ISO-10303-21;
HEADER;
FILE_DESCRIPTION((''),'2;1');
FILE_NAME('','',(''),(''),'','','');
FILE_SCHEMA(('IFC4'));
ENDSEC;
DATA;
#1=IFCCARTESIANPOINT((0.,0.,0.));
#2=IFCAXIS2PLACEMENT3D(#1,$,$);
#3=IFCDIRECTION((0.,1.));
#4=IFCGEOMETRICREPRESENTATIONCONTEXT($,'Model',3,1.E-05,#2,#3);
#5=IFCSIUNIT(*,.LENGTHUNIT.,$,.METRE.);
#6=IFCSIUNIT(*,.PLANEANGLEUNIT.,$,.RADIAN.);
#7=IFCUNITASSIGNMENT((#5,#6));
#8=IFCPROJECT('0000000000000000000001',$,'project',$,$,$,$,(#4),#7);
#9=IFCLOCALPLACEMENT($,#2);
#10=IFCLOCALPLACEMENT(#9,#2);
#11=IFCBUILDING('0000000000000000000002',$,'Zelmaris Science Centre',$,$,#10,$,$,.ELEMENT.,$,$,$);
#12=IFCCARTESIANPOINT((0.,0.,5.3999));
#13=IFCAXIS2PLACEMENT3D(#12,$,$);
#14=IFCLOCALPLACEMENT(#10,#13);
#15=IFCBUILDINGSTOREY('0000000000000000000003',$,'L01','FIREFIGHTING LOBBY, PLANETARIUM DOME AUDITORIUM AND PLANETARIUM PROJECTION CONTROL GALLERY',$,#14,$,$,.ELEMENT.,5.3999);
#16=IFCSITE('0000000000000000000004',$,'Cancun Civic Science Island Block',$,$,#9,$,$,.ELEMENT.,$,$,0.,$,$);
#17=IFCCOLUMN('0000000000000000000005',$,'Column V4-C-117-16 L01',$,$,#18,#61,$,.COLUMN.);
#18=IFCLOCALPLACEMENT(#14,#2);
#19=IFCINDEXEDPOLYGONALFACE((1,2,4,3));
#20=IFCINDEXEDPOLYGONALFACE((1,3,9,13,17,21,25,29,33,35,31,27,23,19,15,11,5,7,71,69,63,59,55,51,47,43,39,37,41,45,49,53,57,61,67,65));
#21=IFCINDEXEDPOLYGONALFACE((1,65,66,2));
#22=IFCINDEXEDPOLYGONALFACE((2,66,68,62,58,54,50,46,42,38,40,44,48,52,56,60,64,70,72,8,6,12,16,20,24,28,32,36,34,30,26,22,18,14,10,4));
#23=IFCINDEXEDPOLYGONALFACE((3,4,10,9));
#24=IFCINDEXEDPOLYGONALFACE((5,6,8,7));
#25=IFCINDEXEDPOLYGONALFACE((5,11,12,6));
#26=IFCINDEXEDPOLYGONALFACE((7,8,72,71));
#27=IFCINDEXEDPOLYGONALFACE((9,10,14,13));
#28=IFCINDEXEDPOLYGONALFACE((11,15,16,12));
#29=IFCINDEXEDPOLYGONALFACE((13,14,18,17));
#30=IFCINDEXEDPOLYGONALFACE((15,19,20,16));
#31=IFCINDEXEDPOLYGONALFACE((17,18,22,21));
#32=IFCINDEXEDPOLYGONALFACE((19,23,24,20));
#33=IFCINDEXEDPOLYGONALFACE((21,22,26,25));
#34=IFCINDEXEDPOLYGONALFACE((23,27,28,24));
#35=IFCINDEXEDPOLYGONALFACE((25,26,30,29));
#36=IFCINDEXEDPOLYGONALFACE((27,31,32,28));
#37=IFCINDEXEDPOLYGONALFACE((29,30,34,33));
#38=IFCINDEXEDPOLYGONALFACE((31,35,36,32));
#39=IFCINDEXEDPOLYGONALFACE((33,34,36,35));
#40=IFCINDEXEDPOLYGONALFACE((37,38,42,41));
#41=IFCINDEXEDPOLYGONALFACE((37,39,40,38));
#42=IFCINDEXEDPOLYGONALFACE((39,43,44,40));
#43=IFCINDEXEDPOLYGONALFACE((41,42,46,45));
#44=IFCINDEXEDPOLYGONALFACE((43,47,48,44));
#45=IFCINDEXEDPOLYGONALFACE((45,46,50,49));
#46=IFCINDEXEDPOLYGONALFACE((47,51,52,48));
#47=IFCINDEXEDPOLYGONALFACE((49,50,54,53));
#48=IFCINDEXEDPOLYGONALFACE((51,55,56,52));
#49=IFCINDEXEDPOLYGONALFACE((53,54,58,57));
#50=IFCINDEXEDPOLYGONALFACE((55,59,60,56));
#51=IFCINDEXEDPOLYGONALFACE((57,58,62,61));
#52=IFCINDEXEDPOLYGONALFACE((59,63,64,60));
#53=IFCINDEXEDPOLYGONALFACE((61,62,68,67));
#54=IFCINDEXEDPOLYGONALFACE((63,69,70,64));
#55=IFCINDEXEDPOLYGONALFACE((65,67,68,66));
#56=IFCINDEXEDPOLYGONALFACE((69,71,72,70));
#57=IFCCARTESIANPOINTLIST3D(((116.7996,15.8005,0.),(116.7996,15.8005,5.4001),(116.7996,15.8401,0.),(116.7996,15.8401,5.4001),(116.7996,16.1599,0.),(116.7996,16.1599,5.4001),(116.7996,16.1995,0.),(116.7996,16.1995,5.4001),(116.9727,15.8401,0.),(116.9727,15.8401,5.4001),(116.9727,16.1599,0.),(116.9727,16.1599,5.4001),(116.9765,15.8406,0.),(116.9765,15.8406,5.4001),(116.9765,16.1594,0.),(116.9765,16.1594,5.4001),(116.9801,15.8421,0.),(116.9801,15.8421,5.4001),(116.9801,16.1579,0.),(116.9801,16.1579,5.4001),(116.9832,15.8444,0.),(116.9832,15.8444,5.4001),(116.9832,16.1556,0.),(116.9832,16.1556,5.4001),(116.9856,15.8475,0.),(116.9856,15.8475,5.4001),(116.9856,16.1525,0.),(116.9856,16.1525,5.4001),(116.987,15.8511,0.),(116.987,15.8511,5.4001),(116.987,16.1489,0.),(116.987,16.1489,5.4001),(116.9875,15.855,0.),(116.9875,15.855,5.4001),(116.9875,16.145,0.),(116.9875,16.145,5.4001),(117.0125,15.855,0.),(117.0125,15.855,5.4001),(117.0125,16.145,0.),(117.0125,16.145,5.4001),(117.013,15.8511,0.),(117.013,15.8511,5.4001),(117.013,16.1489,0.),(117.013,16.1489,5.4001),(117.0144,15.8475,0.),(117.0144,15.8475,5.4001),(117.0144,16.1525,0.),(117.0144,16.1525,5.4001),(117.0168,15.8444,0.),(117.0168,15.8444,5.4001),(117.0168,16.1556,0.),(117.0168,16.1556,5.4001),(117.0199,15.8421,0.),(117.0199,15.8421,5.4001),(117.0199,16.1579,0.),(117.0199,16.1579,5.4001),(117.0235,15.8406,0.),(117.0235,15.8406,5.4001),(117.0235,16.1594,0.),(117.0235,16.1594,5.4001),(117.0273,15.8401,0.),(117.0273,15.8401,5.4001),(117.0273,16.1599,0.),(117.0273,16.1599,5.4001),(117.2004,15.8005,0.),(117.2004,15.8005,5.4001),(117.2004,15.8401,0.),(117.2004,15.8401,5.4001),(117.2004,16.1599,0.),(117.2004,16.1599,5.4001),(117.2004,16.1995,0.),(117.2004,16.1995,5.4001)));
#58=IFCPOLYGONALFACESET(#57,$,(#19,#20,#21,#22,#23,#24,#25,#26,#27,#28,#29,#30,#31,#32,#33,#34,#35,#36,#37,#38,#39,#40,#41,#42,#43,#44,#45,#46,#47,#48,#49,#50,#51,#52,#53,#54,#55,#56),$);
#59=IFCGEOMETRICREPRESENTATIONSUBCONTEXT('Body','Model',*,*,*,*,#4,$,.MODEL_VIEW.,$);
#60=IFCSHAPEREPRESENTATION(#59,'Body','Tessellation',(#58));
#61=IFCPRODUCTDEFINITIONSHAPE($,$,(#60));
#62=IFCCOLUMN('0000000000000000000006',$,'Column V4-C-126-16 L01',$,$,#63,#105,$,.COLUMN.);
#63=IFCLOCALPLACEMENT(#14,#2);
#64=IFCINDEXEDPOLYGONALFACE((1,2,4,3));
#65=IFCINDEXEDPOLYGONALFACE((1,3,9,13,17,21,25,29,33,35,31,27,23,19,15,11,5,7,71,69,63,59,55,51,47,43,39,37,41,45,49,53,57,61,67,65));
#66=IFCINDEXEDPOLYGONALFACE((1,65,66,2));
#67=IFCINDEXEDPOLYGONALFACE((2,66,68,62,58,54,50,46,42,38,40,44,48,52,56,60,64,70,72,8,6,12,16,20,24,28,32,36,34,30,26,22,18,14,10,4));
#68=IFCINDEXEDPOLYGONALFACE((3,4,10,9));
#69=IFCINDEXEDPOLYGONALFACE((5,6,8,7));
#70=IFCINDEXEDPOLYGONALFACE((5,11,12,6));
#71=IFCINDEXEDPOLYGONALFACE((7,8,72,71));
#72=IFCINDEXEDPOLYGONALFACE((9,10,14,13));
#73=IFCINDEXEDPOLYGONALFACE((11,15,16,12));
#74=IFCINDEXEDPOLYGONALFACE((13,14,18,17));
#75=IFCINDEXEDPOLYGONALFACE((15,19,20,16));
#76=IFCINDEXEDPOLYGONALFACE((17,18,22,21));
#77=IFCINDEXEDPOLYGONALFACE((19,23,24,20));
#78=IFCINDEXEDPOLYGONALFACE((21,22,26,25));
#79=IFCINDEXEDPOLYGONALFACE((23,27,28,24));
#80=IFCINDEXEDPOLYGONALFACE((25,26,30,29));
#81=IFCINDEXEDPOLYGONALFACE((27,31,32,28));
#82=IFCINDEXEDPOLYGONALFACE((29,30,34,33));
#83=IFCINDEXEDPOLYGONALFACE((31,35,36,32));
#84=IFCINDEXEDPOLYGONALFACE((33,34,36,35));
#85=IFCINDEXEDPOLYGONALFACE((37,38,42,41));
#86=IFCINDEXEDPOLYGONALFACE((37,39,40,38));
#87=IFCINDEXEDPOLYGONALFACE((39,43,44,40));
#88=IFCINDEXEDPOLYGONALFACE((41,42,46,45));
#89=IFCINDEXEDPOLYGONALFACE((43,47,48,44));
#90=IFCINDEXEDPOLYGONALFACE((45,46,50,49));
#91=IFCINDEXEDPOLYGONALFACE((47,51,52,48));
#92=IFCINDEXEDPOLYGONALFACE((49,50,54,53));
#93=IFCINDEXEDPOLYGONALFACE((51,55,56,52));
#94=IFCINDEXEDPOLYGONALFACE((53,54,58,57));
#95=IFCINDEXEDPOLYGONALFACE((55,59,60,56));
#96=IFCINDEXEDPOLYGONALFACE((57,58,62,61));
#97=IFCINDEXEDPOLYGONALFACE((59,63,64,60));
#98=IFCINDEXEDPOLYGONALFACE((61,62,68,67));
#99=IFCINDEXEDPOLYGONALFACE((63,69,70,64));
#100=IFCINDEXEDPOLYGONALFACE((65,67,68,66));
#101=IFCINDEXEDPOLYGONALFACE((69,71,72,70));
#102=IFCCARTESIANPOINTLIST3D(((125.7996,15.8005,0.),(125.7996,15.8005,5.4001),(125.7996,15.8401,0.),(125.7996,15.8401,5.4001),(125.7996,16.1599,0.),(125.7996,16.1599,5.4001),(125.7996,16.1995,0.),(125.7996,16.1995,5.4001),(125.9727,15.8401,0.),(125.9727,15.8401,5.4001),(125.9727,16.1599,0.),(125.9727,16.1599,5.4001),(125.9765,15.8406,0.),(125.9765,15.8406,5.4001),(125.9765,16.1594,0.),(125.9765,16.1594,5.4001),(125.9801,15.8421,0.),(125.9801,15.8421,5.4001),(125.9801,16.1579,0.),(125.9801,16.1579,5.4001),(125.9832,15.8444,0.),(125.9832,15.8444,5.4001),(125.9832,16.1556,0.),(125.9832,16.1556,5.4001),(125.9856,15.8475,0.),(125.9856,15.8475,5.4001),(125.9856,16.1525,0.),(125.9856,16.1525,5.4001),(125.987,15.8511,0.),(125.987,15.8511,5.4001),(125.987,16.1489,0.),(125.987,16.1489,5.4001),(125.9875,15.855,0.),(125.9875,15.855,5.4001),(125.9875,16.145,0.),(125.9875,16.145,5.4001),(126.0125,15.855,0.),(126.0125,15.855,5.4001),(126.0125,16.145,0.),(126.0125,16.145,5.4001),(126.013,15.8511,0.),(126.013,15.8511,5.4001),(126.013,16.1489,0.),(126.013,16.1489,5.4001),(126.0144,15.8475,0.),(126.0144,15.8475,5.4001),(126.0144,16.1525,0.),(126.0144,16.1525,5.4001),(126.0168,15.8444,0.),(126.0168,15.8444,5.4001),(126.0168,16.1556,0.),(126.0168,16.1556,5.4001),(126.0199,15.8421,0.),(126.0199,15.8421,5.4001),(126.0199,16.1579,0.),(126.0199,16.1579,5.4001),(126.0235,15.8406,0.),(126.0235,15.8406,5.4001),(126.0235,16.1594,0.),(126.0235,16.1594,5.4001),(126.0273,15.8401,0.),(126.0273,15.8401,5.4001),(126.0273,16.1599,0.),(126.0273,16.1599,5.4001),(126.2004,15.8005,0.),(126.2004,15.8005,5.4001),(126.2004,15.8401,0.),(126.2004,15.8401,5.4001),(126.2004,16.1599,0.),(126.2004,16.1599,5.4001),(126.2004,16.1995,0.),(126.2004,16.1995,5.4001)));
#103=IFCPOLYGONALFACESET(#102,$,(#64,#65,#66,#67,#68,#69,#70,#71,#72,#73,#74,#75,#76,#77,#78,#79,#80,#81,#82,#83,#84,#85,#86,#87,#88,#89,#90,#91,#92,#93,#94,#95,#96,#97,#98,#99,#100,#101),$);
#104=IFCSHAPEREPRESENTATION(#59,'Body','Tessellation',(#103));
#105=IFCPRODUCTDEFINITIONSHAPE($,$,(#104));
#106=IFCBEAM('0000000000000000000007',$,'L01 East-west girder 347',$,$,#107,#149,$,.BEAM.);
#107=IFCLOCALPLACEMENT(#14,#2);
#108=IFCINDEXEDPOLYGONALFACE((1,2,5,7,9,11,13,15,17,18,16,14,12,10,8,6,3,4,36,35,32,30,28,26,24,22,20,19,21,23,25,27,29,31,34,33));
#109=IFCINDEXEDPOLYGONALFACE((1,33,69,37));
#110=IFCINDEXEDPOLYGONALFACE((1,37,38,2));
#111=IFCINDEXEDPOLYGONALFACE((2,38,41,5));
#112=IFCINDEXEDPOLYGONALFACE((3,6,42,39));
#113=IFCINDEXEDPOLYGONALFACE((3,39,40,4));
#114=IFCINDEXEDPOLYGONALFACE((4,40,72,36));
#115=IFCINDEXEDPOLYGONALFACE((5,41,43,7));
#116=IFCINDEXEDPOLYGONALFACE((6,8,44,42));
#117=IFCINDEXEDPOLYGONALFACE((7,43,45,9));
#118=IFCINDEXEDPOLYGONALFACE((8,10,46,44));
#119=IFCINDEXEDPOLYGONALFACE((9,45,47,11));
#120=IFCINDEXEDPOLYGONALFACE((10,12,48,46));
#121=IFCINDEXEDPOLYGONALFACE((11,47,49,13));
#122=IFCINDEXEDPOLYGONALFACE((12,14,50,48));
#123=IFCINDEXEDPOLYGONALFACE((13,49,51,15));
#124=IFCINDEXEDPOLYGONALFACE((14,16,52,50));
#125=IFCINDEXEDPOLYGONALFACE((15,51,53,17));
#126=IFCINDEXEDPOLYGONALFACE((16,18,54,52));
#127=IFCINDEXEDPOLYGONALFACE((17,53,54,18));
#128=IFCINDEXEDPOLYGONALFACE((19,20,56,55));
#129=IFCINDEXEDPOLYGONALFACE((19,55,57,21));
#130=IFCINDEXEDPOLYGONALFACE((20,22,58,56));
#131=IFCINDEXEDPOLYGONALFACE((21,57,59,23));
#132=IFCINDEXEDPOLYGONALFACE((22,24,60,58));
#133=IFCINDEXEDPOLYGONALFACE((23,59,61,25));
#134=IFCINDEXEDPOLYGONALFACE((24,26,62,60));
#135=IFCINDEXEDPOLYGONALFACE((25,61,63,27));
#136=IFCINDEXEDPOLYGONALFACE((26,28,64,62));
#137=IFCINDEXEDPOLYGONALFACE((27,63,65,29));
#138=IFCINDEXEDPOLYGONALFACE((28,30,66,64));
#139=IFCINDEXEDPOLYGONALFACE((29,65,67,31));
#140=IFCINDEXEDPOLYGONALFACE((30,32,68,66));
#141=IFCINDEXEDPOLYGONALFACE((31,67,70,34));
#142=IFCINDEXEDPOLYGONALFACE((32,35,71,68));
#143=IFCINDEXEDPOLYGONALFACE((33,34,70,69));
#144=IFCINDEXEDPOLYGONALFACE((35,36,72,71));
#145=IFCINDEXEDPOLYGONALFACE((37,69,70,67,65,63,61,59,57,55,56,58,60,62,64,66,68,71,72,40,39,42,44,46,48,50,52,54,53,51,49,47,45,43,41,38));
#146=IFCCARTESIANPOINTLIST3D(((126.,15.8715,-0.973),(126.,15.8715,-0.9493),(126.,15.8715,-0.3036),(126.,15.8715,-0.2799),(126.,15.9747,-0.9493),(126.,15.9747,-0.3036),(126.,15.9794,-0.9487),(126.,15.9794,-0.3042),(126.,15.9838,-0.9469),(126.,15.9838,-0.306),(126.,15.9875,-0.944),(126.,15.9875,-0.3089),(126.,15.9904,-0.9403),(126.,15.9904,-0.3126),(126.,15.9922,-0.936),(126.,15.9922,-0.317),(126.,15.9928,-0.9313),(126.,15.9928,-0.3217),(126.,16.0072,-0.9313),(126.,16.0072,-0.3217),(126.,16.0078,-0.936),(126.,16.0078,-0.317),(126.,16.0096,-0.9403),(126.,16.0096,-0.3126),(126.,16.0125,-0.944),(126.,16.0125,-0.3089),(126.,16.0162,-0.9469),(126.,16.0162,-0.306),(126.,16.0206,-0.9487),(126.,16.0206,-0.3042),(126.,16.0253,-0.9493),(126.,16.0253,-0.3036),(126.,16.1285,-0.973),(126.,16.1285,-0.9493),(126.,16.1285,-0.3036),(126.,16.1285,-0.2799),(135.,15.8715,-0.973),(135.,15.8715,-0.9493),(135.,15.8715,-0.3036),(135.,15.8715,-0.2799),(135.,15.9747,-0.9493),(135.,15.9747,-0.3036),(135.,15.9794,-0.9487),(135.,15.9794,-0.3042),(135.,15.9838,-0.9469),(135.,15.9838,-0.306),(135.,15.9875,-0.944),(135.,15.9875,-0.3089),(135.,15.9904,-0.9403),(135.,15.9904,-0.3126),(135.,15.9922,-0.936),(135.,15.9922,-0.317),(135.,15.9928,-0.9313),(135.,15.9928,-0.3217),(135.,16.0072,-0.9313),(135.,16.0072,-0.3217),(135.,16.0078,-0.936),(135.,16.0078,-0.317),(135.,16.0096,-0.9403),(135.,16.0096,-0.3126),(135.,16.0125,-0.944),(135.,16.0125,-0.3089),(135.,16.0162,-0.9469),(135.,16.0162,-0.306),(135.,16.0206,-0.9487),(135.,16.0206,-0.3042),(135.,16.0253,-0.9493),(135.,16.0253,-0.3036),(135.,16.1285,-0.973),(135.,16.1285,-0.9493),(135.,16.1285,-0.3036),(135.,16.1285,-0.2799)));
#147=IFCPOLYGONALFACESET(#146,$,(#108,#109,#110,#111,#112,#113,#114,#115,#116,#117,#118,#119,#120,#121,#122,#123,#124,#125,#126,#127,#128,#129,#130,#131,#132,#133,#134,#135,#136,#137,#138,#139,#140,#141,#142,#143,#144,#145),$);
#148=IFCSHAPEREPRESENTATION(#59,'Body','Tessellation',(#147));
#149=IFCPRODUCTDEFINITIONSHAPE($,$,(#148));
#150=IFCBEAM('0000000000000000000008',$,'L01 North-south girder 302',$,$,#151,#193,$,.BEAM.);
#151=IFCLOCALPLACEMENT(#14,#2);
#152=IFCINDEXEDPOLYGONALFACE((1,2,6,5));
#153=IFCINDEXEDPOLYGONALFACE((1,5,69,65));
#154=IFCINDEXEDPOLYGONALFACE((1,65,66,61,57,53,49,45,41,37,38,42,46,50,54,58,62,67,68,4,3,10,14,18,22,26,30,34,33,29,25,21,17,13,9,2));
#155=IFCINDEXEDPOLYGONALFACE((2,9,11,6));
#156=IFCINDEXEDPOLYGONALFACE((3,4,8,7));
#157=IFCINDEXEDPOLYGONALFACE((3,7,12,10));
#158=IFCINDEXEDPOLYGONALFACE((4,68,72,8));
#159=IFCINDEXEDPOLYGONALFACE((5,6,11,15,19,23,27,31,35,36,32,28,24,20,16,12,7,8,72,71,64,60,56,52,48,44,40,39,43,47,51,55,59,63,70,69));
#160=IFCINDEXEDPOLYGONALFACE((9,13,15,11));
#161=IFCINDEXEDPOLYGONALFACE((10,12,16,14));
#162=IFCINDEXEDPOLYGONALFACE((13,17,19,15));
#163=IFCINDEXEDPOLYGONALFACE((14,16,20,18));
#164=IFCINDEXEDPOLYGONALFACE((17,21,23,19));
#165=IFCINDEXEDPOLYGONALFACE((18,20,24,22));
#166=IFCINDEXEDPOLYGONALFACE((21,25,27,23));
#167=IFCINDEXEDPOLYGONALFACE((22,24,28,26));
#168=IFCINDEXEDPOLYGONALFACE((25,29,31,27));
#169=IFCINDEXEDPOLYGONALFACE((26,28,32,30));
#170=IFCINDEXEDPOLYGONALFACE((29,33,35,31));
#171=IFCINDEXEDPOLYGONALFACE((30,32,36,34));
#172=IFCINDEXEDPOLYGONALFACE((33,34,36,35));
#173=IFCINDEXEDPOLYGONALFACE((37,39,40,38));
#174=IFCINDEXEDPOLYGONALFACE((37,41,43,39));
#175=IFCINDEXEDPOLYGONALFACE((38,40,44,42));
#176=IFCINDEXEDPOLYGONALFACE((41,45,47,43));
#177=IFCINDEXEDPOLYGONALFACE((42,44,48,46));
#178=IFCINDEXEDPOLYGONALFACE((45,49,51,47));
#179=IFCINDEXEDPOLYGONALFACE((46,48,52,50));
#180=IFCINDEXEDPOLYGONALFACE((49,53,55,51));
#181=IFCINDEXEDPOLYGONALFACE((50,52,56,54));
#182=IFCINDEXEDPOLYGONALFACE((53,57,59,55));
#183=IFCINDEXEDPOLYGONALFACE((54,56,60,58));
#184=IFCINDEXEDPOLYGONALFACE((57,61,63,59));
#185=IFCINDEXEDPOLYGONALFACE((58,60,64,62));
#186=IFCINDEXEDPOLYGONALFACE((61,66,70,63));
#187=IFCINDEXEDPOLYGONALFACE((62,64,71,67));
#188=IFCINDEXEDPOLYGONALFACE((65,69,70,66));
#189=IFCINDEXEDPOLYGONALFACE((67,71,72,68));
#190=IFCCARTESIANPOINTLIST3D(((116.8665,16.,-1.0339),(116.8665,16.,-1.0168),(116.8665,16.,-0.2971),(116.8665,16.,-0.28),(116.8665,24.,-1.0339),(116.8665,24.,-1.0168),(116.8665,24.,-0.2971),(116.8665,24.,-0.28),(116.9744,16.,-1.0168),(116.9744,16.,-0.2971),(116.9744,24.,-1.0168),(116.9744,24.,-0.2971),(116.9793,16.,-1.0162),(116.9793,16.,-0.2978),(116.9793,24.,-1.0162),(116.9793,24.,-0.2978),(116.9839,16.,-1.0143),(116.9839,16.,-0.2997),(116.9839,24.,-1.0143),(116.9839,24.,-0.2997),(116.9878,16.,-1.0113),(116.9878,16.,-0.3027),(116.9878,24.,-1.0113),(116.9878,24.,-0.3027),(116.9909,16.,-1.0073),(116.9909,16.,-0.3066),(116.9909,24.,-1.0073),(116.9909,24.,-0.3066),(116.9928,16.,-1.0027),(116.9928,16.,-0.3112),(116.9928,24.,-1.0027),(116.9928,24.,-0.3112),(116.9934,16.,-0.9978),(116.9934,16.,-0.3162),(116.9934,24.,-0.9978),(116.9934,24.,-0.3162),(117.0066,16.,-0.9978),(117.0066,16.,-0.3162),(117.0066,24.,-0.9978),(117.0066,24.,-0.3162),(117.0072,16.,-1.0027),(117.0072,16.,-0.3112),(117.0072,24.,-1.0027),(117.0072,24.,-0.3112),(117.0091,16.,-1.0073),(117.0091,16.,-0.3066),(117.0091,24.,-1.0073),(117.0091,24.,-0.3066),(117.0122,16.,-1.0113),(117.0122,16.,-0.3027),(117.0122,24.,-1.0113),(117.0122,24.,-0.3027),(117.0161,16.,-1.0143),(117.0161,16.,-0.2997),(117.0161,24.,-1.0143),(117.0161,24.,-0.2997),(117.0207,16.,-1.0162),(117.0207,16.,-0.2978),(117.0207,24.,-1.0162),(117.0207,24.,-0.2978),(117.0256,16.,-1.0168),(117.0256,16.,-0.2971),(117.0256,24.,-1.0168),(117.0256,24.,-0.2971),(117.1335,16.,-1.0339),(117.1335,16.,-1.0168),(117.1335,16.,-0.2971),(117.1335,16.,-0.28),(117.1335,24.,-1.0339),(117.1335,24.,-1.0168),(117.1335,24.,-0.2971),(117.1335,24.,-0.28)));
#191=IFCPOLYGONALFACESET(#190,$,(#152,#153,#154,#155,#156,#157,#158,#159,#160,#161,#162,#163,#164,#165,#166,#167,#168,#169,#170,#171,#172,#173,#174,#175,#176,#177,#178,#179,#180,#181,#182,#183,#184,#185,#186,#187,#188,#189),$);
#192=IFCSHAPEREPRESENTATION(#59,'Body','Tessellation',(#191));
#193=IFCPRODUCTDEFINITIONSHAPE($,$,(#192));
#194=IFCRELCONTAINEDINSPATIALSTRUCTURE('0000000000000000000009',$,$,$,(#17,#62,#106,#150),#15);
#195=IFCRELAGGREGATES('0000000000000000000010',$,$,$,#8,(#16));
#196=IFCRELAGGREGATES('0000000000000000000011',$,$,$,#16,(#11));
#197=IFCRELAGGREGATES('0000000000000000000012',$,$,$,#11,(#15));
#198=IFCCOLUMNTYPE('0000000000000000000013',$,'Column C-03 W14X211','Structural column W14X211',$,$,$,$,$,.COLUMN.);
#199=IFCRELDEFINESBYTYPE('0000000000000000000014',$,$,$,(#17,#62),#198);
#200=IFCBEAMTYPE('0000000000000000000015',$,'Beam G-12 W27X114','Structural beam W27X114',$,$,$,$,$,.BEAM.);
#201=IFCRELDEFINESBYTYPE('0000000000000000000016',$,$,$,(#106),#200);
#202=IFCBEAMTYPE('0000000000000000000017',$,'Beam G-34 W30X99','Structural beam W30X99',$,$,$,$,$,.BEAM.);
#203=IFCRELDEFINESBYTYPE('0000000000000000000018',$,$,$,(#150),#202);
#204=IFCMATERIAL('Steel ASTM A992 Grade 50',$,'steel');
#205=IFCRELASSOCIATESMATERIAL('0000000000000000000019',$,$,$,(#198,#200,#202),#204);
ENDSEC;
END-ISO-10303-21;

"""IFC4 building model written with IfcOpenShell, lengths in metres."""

from ifc_helpers import new_model, si_unit, direction, frame, origin, origin_2d, place, context, subcontext, project, spatial, i_section, extrude, material, material_profile, profile_set, type_object, element, save


model = new_model("IFC4")

# Units and contexts
model_context = context("Model", 3, precision=1e-05, world=origin(), true_north=direction((0.0, 1.0)))
body_context = subcontext(model_context, "Body", "Model", "MODEL_VIEW")
ifc_project = project(units=[si_unit("LENGTHUNIT", "METRE"), si_unit("PLANEANGLEUNIT", "RADIAN")], contexts=[model_context])

# Site, building, storey
site_placement = place(None, origin())
site = spatial("IfcSite", under=ifc_project, at=site_placement, Name="Cancun Civic Science Island Block", CompositionType="ELEMENT", RefElevation=0.0)
building_placement = place(site_placement, origin())
building = spatial("IfcBuilding", under=site, at=building_placement, Name="Zelmaris Science Centre", CompositionType="ELEMENT")
storey_placement = place(building_placement, frame((0.0, 0.0, 5.3999)))
storey = spatial("IfcBuildingStorey", under=building, at=storey_placement, Name="L01", Description="FIREFIGHTING LOBBY, PLANETARIUM DOME AUDITORIUM AND PLANETARIUM PROJECTION CONTROL GALLERY", CompositionType="ELEMENT", Elevation=5.3999)

# Columns
ifc_material_1 = material(Name="Steel ASTM A992 Grade 50", Category="steel")
ifc_material_profile_1 = material_profile(ifc_material_1, i_section(OverallWidth=0.4009, OverallDepth=0.3989, WebThickness=0.0249, FlangeThickness=0.0396, FilletRadius=0.0149, at=origin_2d()), Name="W14X211")
ifc_profile_set_1 = profile_set([ifc_material_profile_1], Name="Steel ASTM A992 Grade 50")
column_type = type_object("IfcColumnType", Name="Column C-03 W14X211", Description="Structural column W14X211", PredefinedType="COLUMN", material=ifc_profile_set_1)
for number, where, z_axis, x_axis, name in (
    (1, (117.0, 16.0, 0.0), (0.0, 0.0, 1.0), (1.0, 0.0, 0.0), "Column V4-C-117-16 L01"),
    (2, (126.0, 16.0, 0.0), (0.0, 0.0, 1.0), (1.0, 0.0, 0.0), "Column V4-C-126-16 L01"),
):
    element("IfcColumn", number, at=place(storey_placement, frame(where, z_axis=z_axis, x_axis=x_axis)), inside=storey, type_object=column_type, Name=name, PredefinedType="COLUMN", context=body_context, shape_type="SweptSolid", body=[
        extrude(i_section(OverallWidth=0.4009, OverallDepth=0.3989, WebThickness=0.0249, FlangeThickness=0.0396, FilletRadius=0.0149, at=origin_2d()), origin(), (0.0, 0.0, 1.0), 5.4001),
    ])

# Beams
ifc_material_profile_2 = material_profile(ifc_material_1, i_section(OverallWidth=0.2571, OverallDepth=0.6931, WebThickness=0.0144, FlangeThickness=0.0237, FilletRadius=0.0181, at=origin_2d()), Name="W27X114")
ifc_profile_set_2 = profile_set([ifc_material_profile_2], Name="Steel ASTM A992 Grade 50")
beam_type_1 = type_object("IfcBeamType", Name="Beam G-12 W27X114", Description="Structural beam W27X114", PredefinedType="BEAM", material=ifc_profile_set_2)
beam_1_placement = place(storey_placement, frame((126.0, 16.0, -0.6265), z_axis=(1.0, 0.0, 0.0), x_axis=(0.0, 1.0, 0.0)))
element("IfcBeam", 3, at=beam_1_placement, inside=storey, type_object=beam_type_1, Name="L01 East-west girder 347", PredefinedType="BEAM", context=body_context, shape_type="SweptSolid", body=[
    extrude(i_section(OverallWidth=0.2571, OverallDepth=0.6931, WebThickness=0.0144, FlangeThickness=0.0237, FilletRadius=0.0181, at=origin_2d()), origin(), (0.0, 0.0, 1.0), 9.0),
])
ifc_material_profile_3 = material_profile(ifc_material_1, i_section(OverallWidth=0.2671, OverallDepth=0.7539, WebThickness=0.0132, FlangeThickness=0.0171, FilletRadius=0.019, at=origin_2d()), Name="W30X99")
ifc_profile_set_3 = profile_set([ifc_material_profile_3], Name="Steel ASTM A992 Grade 50")
beam_type_2 = type_object("IfcBeamType", Name="Beam G-34 W30X99", Description="Structural beam W30X99", PredefinedType="BEAM", material=ifc_profile_set_3)
beam_2_placement = place(storey_placement, frame((117.0, 16.0, -0.657), z_axis=(0.0, 1.0, 0.0), x_axis=(-1.0, 0.0, 0.0)))
element("IfcBeam", 4, at=beam_2_placement, inside=storey, type_object=beam_type_2, Name="L01 North-south girder 302", PredefinedType="BEAM", context=body_context, shape_type="SweptSolid", body=[
    extrude(i_section(OverallWidth=0.2671, OverallDepth=0.7539, WebThickness=0.0132, FlangeThickness=0.0171, FilletRadius=0.019, at=origin_2d()), origin(), (0.0, 0.0, 1.0), 8.0),
])

save(model, "model.ifc")
